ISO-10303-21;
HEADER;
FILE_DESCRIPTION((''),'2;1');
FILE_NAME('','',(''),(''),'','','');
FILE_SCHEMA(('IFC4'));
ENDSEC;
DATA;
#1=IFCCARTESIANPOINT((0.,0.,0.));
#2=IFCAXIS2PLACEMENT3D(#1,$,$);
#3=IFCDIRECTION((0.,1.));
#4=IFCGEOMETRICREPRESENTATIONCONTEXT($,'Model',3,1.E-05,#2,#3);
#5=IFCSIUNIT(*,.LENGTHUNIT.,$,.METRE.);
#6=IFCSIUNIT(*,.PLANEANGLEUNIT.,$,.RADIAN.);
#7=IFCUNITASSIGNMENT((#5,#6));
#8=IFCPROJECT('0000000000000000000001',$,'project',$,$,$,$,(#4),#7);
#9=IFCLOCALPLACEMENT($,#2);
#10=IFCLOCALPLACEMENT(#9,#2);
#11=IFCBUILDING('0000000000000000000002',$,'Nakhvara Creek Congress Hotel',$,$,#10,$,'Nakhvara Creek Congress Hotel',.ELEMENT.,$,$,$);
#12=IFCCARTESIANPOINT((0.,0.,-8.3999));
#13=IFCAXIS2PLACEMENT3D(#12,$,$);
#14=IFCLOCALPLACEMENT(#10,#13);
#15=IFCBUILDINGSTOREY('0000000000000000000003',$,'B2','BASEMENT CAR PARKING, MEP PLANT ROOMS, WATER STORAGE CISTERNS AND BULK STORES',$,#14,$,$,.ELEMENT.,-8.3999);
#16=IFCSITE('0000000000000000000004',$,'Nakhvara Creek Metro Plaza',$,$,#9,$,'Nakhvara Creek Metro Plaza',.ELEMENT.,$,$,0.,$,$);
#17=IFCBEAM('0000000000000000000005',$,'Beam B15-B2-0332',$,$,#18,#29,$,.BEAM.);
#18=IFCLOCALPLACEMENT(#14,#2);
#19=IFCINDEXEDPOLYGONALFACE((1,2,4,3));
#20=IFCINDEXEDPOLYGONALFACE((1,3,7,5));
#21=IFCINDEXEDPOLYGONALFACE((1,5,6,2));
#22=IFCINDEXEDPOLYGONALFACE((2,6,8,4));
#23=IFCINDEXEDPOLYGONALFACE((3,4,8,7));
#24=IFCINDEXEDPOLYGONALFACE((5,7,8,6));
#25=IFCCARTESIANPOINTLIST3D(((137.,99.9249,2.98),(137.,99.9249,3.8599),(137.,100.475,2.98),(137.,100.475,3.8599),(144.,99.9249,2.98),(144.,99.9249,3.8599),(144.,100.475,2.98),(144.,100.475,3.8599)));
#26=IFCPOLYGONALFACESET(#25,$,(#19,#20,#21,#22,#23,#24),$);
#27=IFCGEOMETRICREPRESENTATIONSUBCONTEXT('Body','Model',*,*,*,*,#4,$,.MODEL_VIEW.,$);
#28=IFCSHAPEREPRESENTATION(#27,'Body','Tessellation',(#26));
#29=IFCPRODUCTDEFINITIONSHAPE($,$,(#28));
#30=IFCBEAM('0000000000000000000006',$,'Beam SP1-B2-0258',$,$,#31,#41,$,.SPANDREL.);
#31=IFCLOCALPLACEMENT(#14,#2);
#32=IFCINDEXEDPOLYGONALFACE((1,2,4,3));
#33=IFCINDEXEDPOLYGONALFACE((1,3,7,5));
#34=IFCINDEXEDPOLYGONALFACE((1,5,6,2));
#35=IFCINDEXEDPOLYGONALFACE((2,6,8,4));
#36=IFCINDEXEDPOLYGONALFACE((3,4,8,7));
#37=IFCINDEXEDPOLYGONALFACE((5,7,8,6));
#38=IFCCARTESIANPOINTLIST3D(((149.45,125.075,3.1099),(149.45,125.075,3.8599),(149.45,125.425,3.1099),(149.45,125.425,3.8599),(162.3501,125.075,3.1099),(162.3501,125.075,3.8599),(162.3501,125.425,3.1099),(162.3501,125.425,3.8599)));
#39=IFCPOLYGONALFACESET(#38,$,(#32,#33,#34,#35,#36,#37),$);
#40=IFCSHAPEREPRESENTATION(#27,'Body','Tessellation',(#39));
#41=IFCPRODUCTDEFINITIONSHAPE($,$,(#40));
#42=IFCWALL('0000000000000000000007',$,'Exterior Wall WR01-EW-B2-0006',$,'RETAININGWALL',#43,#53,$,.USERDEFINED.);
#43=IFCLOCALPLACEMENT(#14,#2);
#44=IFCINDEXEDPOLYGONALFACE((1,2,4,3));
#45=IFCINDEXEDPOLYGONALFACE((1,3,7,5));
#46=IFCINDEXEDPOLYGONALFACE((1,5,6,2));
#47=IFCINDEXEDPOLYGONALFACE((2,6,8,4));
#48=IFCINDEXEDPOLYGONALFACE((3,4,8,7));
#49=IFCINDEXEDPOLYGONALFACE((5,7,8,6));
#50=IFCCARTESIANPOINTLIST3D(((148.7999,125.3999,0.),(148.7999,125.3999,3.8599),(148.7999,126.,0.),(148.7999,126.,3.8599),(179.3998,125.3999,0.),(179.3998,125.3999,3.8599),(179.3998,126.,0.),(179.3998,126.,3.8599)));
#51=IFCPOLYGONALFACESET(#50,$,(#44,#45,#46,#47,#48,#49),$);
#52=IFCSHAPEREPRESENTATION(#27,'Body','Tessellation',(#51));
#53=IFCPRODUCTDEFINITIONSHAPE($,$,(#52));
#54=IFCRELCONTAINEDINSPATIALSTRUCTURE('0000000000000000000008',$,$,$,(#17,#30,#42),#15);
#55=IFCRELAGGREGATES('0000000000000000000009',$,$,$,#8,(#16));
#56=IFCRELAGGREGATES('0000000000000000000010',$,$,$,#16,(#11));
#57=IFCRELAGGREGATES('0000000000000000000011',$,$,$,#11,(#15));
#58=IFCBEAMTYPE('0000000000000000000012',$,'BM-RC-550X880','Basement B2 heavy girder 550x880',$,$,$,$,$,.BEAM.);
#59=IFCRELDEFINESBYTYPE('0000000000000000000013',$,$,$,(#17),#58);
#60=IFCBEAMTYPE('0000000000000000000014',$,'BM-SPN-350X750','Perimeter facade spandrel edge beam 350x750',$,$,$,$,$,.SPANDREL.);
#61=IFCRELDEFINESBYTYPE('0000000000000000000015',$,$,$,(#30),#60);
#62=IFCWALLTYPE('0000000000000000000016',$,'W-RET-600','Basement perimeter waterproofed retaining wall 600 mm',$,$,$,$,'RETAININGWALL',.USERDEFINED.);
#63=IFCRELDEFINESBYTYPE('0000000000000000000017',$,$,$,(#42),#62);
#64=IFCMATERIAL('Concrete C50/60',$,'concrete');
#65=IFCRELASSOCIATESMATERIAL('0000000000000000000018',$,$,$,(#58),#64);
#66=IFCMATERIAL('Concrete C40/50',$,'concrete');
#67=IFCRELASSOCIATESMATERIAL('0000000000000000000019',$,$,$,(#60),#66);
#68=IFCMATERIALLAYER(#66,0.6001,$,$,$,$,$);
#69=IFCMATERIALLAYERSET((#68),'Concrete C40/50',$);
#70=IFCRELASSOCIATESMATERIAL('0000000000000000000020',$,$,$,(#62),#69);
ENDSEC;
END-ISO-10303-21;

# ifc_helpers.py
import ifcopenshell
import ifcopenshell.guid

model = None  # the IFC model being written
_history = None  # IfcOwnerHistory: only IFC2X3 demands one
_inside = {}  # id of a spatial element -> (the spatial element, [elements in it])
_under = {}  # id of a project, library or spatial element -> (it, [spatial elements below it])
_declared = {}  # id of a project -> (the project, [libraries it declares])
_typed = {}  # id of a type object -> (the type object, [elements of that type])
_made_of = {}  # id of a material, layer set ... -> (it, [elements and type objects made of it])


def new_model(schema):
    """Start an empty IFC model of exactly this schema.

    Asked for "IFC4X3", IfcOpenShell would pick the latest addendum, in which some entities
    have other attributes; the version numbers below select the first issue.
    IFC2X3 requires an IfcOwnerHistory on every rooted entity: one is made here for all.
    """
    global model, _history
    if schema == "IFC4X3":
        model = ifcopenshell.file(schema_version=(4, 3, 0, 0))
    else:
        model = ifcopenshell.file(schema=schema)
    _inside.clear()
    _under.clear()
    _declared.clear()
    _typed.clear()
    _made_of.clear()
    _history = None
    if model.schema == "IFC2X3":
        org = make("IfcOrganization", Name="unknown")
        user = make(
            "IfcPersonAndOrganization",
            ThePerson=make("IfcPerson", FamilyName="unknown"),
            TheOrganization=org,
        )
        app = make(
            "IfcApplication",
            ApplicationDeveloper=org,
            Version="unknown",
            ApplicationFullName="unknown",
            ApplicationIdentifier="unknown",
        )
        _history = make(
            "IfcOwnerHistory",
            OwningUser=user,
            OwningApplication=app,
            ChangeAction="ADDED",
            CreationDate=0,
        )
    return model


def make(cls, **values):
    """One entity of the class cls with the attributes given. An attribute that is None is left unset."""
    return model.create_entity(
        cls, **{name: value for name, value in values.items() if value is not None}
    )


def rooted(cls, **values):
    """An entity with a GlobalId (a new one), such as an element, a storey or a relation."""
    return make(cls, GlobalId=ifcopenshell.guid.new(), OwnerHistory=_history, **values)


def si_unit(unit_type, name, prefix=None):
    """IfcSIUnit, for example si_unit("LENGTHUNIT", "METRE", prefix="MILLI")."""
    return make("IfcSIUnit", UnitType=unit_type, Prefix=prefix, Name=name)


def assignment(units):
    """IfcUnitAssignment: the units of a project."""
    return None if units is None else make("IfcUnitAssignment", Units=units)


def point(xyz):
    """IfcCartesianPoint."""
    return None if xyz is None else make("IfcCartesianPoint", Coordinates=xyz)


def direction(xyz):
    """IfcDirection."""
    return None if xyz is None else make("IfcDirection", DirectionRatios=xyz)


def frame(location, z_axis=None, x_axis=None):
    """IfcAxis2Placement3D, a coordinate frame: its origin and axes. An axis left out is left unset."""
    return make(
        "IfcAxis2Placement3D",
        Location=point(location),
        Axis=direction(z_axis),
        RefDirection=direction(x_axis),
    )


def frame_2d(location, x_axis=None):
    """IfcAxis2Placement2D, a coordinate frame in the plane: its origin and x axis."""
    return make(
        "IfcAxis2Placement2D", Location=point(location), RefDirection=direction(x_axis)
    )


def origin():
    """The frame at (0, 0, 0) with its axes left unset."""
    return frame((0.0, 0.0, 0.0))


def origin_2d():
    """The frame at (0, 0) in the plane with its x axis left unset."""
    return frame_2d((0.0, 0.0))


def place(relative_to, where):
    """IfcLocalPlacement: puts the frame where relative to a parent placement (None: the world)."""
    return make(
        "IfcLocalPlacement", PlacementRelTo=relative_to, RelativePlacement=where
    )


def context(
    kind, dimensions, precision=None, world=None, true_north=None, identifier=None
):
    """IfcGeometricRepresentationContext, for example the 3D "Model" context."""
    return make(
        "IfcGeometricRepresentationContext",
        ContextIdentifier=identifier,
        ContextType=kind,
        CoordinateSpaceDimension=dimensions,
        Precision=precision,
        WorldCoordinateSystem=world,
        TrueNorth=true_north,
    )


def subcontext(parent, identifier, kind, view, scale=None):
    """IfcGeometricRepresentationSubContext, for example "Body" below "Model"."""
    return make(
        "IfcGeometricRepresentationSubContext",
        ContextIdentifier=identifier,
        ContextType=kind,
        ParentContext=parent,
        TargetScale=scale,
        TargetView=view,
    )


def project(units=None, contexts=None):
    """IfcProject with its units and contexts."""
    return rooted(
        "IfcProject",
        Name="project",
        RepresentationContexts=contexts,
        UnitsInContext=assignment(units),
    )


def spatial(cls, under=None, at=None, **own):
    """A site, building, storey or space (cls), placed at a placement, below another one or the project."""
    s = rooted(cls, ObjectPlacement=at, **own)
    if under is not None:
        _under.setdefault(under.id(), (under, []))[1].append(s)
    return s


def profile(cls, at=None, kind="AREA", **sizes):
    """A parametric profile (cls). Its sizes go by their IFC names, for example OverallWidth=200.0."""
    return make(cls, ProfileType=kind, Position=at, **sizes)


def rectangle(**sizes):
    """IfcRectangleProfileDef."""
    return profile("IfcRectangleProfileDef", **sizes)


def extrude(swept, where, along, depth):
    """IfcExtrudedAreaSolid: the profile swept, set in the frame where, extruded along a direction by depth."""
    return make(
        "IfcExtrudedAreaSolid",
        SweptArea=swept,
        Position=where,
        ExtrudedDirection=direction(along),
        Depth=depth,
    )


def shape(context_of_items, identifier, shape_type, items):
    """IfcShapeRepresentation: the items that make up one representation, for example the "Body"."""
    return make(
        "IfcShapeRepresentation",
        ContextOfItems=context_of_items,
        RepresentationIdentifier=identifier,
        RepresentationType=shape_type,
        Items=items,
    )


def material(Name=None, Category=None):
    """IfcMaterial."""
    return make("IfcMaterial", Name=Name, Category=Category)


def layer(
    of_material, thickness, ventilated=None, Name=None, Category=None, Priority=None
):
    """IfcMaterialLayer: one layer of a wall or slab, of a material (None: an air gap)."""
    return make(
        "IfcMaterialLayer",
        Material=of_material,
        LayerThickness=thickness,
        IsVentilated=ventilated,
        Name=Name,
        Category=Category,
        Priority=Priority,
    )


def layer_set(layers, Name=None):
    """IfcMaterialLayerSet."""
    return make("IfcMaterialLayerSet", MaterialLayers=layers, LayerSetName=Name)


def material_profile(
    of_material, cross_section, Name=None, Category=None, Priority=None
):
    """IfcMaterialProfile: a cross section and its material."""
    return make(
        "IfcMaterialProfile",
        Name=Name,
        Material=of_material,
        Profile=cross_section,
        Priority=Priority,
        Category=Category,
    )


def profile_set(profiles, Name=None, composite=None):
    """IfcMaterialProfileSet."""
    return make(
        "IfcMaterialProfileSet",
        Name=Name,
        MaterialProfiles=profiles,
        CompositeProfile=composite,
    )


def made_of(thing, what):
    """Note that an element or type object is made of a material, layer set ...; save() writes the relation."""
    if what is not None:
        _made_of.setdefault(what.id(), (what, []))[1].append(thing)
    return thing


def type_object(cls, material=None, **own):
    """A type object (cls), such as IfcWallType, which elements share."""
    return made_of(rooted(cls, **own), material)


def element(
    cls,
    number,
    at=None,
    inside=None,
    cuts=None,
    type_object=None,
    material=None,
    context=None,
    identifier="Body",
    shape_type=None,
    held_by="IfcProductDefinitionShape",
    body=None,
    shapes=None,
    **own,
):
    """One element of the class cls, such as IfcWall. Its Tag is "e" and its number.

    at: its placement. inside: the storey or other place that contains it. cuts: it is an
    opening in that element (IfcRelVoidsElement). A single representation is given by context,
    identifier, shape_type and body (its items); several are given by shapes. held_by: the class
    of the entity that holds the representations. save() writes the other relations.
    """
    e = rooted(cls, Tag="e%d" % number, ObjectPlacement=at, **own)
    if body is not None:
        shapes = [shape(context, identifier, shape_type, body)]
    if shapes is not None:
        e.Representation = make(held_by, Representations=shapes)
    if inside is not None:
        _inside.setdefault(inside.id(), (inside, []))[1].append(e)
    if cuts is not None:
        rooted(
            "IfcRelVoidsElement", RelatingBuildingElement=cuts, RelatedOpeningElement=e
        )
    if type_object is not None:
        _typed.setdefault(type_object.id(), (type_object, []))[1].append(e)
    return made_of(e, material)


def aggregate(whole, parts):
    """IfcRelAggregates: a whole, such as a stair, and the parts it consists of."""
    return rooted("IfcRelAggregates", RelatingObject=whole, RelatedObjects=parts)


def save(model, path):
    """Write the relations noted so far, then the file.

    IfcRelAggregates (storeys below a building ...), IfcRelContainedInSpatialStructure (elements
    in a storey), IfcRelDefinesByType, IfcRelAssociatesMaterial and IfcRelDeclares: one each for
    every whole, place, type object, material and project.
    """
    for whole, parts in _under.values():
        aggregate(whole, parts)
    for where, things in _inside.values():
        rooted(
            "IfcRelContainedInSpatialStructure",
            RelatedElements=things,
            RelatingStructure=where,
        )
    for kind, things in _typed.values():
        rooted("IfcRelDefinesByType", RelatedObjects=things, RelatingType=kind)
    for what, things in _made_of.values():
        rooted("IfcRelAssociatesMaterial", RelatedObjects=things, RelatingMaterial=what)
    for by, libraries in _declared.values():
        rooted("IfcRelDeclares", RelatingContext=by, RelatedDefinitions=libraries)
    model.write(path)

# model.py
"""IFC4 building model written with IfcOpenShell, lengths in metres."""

from ifc_helpers import new_model, si_unit, direction, frame, frame_2d, origin, origin_2d, place, context, subcontext, project, spatial, rectangle, extrude, material, layer, layer_set, material_profile, profile_set, type_object, element, save


model = new_model("IFC4")

# Units and contexts
model_context = context("Model", 3, precision=1e-05, world=origin(), true_north=direction((0.0, 1.0)))
body_context = subcontext(model_context, "Body", "Model", "MODEL_VIEW")
ifc_project = project(units=[si_unit("LENGTHUNIT", "METRE"), si_unit("PLANEANGLEUNIT", "RADIAN")], contexts=[model_context])

# Site, building, storey
site_placement = place(None, origin())
site = spatial("IfcSite", under=ifc_project, at=site_placement, Name="Nakhvara Creek Metro Plaza", LongName="Nakhvara Creek Metro Plaza", CompositionType="ELEMENT", RefElevation=0.0)
building_placement = place(site_placement, origin())
building = spatial("IfcBuilding", under=site, at=building_placement, Name="Nakhvara Creek Congress Hotel", LongName="Nakhvara Creek Congress Hotel", CompositionType="ELEMENT")
storey_placement = place(building_placement, frame((0.0, 0.0, -8.3999)))
storey = spatial("IfcBuildingStorey", under=building, at=storey_placement, Name="B2", Description="BASEMENT CAR PARKING, MEP PLANT ROOMS, WATER STORAGE CISTERNS AND BULK STORES", CompositionType="ELEMENT", Elevation=-8.3999)

# Shared definitions
ifc_material_1 = material(Name="Concrete C40/50", Category="concrete")

# Shared definitions
ifc_material_2 = material(Name="Concrete C50/60", Category="concrete")

# Beams
ifc_material_profile_1 = material_profile(ifc_material_2, rectangle(XDim=0.55, YDim=0.8799, at=origin_2d()), Name="RC-BM 550x880", Category="LoadBearing")
ifc_profile_set_1 = profile_set([ifc_material_profile_1], Name="Concrete C50/60")
beam_type_1 = type_object("IfcBeamType", Name="BM-RC-550X880", Description="Basement B2 heavy girder 550x880", PredefinedType="BEAM", material=ifc_profile_set_1)
beam_1_placement = place(storey_placement, frame((137.0, 100.2, 3.4199), z_axis=(1.0, 0.0, 0.0), x_axis=(0.0, 1.0, 0.0)))
element("IfcBeam", 1, at=beam_1_placement, inside=storey, type_object=beam_type_1, Name="Beam B15-B2-0332", PredefinedType="BEAM", context=body_context, shape_type="SweptSolid", body=[
    extrude(rectangle(XDim=0.55, YDim=0.8799, at=origin_2d()), origin(), (0.0, 0.0, 1.0), 7.0),
])
ifc_material_profile_2 = material_profile(ifc_material_1, rectangle(XDim=0.3501, YDim=0.75, at=origin_2d()), Name="RC-SPANDREL 350x750", Category="LoadBearing")
ifc_profile_set_2 = profile_set([ifc_material_profile_2], Name="Concrete C40/50")
beam_type_2 = type_object("IfcBeamType", Name="BM-SPN-350X750", Description="Perimeter facade spandrel edge beam 350x750", PredefinedType="SPANDREL", material=ifc_profile_set_2)
beam_2_placement = place(storey_placement, frame((149.45, 125.25, 3.4849), z_axis=(1.0, 0.0, 0.0), x_axis=(0.0, 1.0, 0.0)))
element("IfcBeam", 2, at=beam_2_placement, inside=storey, type_object=beam_type_2, Name="Beam SP1-B2-0258", PredefinedType="SPANDREL", context=body_context, shape_type="SweptSolid", body=[
    extrude(rectangle(XDim=0.3501, YDim=0.75, at=origin_2d()), origin(), (0.0, 0.0, 1.0), 12.9001),
])

# Wall
ifc_layer = layer(ifc_material_1, 0.6001)
ifc_layer_set = layer_set([ifc_layer], Name="Concrete C40/50")
wall_type = type_object("IfcWallType", Name="W-RET-600", Description="Basement perimeter waterproofed retaining wall 600 mm", ElementType="RETAININGWALL", PredefinedType="USERDEFINED", material=ifc_layer_set)
wall_placement = place(storey_placement, frame((148.8, 125.7, 0.0), z_axis=(0.0, 0.0, 1.0), x_axis=(1.0, 0.0, 0.0)))
element("IfcWall", 3, at=wall_placement, inside=storey, type_object=wall_type, Name="Exterior Wall WR01-EW-B2-0006", ObjectType="RETAININGWALL", PredefinedType="USERDEFINED", context=body_context, shape_type="SweptSolid", body=[
    extrude(rectangle(XDim=30.5999, YDim=0.6001, at=frame_2d((15.2998, 0.0))), origin(), (0.0, 0.0, 1.0), 3.8599),
])

save(model, "model.ifc")
